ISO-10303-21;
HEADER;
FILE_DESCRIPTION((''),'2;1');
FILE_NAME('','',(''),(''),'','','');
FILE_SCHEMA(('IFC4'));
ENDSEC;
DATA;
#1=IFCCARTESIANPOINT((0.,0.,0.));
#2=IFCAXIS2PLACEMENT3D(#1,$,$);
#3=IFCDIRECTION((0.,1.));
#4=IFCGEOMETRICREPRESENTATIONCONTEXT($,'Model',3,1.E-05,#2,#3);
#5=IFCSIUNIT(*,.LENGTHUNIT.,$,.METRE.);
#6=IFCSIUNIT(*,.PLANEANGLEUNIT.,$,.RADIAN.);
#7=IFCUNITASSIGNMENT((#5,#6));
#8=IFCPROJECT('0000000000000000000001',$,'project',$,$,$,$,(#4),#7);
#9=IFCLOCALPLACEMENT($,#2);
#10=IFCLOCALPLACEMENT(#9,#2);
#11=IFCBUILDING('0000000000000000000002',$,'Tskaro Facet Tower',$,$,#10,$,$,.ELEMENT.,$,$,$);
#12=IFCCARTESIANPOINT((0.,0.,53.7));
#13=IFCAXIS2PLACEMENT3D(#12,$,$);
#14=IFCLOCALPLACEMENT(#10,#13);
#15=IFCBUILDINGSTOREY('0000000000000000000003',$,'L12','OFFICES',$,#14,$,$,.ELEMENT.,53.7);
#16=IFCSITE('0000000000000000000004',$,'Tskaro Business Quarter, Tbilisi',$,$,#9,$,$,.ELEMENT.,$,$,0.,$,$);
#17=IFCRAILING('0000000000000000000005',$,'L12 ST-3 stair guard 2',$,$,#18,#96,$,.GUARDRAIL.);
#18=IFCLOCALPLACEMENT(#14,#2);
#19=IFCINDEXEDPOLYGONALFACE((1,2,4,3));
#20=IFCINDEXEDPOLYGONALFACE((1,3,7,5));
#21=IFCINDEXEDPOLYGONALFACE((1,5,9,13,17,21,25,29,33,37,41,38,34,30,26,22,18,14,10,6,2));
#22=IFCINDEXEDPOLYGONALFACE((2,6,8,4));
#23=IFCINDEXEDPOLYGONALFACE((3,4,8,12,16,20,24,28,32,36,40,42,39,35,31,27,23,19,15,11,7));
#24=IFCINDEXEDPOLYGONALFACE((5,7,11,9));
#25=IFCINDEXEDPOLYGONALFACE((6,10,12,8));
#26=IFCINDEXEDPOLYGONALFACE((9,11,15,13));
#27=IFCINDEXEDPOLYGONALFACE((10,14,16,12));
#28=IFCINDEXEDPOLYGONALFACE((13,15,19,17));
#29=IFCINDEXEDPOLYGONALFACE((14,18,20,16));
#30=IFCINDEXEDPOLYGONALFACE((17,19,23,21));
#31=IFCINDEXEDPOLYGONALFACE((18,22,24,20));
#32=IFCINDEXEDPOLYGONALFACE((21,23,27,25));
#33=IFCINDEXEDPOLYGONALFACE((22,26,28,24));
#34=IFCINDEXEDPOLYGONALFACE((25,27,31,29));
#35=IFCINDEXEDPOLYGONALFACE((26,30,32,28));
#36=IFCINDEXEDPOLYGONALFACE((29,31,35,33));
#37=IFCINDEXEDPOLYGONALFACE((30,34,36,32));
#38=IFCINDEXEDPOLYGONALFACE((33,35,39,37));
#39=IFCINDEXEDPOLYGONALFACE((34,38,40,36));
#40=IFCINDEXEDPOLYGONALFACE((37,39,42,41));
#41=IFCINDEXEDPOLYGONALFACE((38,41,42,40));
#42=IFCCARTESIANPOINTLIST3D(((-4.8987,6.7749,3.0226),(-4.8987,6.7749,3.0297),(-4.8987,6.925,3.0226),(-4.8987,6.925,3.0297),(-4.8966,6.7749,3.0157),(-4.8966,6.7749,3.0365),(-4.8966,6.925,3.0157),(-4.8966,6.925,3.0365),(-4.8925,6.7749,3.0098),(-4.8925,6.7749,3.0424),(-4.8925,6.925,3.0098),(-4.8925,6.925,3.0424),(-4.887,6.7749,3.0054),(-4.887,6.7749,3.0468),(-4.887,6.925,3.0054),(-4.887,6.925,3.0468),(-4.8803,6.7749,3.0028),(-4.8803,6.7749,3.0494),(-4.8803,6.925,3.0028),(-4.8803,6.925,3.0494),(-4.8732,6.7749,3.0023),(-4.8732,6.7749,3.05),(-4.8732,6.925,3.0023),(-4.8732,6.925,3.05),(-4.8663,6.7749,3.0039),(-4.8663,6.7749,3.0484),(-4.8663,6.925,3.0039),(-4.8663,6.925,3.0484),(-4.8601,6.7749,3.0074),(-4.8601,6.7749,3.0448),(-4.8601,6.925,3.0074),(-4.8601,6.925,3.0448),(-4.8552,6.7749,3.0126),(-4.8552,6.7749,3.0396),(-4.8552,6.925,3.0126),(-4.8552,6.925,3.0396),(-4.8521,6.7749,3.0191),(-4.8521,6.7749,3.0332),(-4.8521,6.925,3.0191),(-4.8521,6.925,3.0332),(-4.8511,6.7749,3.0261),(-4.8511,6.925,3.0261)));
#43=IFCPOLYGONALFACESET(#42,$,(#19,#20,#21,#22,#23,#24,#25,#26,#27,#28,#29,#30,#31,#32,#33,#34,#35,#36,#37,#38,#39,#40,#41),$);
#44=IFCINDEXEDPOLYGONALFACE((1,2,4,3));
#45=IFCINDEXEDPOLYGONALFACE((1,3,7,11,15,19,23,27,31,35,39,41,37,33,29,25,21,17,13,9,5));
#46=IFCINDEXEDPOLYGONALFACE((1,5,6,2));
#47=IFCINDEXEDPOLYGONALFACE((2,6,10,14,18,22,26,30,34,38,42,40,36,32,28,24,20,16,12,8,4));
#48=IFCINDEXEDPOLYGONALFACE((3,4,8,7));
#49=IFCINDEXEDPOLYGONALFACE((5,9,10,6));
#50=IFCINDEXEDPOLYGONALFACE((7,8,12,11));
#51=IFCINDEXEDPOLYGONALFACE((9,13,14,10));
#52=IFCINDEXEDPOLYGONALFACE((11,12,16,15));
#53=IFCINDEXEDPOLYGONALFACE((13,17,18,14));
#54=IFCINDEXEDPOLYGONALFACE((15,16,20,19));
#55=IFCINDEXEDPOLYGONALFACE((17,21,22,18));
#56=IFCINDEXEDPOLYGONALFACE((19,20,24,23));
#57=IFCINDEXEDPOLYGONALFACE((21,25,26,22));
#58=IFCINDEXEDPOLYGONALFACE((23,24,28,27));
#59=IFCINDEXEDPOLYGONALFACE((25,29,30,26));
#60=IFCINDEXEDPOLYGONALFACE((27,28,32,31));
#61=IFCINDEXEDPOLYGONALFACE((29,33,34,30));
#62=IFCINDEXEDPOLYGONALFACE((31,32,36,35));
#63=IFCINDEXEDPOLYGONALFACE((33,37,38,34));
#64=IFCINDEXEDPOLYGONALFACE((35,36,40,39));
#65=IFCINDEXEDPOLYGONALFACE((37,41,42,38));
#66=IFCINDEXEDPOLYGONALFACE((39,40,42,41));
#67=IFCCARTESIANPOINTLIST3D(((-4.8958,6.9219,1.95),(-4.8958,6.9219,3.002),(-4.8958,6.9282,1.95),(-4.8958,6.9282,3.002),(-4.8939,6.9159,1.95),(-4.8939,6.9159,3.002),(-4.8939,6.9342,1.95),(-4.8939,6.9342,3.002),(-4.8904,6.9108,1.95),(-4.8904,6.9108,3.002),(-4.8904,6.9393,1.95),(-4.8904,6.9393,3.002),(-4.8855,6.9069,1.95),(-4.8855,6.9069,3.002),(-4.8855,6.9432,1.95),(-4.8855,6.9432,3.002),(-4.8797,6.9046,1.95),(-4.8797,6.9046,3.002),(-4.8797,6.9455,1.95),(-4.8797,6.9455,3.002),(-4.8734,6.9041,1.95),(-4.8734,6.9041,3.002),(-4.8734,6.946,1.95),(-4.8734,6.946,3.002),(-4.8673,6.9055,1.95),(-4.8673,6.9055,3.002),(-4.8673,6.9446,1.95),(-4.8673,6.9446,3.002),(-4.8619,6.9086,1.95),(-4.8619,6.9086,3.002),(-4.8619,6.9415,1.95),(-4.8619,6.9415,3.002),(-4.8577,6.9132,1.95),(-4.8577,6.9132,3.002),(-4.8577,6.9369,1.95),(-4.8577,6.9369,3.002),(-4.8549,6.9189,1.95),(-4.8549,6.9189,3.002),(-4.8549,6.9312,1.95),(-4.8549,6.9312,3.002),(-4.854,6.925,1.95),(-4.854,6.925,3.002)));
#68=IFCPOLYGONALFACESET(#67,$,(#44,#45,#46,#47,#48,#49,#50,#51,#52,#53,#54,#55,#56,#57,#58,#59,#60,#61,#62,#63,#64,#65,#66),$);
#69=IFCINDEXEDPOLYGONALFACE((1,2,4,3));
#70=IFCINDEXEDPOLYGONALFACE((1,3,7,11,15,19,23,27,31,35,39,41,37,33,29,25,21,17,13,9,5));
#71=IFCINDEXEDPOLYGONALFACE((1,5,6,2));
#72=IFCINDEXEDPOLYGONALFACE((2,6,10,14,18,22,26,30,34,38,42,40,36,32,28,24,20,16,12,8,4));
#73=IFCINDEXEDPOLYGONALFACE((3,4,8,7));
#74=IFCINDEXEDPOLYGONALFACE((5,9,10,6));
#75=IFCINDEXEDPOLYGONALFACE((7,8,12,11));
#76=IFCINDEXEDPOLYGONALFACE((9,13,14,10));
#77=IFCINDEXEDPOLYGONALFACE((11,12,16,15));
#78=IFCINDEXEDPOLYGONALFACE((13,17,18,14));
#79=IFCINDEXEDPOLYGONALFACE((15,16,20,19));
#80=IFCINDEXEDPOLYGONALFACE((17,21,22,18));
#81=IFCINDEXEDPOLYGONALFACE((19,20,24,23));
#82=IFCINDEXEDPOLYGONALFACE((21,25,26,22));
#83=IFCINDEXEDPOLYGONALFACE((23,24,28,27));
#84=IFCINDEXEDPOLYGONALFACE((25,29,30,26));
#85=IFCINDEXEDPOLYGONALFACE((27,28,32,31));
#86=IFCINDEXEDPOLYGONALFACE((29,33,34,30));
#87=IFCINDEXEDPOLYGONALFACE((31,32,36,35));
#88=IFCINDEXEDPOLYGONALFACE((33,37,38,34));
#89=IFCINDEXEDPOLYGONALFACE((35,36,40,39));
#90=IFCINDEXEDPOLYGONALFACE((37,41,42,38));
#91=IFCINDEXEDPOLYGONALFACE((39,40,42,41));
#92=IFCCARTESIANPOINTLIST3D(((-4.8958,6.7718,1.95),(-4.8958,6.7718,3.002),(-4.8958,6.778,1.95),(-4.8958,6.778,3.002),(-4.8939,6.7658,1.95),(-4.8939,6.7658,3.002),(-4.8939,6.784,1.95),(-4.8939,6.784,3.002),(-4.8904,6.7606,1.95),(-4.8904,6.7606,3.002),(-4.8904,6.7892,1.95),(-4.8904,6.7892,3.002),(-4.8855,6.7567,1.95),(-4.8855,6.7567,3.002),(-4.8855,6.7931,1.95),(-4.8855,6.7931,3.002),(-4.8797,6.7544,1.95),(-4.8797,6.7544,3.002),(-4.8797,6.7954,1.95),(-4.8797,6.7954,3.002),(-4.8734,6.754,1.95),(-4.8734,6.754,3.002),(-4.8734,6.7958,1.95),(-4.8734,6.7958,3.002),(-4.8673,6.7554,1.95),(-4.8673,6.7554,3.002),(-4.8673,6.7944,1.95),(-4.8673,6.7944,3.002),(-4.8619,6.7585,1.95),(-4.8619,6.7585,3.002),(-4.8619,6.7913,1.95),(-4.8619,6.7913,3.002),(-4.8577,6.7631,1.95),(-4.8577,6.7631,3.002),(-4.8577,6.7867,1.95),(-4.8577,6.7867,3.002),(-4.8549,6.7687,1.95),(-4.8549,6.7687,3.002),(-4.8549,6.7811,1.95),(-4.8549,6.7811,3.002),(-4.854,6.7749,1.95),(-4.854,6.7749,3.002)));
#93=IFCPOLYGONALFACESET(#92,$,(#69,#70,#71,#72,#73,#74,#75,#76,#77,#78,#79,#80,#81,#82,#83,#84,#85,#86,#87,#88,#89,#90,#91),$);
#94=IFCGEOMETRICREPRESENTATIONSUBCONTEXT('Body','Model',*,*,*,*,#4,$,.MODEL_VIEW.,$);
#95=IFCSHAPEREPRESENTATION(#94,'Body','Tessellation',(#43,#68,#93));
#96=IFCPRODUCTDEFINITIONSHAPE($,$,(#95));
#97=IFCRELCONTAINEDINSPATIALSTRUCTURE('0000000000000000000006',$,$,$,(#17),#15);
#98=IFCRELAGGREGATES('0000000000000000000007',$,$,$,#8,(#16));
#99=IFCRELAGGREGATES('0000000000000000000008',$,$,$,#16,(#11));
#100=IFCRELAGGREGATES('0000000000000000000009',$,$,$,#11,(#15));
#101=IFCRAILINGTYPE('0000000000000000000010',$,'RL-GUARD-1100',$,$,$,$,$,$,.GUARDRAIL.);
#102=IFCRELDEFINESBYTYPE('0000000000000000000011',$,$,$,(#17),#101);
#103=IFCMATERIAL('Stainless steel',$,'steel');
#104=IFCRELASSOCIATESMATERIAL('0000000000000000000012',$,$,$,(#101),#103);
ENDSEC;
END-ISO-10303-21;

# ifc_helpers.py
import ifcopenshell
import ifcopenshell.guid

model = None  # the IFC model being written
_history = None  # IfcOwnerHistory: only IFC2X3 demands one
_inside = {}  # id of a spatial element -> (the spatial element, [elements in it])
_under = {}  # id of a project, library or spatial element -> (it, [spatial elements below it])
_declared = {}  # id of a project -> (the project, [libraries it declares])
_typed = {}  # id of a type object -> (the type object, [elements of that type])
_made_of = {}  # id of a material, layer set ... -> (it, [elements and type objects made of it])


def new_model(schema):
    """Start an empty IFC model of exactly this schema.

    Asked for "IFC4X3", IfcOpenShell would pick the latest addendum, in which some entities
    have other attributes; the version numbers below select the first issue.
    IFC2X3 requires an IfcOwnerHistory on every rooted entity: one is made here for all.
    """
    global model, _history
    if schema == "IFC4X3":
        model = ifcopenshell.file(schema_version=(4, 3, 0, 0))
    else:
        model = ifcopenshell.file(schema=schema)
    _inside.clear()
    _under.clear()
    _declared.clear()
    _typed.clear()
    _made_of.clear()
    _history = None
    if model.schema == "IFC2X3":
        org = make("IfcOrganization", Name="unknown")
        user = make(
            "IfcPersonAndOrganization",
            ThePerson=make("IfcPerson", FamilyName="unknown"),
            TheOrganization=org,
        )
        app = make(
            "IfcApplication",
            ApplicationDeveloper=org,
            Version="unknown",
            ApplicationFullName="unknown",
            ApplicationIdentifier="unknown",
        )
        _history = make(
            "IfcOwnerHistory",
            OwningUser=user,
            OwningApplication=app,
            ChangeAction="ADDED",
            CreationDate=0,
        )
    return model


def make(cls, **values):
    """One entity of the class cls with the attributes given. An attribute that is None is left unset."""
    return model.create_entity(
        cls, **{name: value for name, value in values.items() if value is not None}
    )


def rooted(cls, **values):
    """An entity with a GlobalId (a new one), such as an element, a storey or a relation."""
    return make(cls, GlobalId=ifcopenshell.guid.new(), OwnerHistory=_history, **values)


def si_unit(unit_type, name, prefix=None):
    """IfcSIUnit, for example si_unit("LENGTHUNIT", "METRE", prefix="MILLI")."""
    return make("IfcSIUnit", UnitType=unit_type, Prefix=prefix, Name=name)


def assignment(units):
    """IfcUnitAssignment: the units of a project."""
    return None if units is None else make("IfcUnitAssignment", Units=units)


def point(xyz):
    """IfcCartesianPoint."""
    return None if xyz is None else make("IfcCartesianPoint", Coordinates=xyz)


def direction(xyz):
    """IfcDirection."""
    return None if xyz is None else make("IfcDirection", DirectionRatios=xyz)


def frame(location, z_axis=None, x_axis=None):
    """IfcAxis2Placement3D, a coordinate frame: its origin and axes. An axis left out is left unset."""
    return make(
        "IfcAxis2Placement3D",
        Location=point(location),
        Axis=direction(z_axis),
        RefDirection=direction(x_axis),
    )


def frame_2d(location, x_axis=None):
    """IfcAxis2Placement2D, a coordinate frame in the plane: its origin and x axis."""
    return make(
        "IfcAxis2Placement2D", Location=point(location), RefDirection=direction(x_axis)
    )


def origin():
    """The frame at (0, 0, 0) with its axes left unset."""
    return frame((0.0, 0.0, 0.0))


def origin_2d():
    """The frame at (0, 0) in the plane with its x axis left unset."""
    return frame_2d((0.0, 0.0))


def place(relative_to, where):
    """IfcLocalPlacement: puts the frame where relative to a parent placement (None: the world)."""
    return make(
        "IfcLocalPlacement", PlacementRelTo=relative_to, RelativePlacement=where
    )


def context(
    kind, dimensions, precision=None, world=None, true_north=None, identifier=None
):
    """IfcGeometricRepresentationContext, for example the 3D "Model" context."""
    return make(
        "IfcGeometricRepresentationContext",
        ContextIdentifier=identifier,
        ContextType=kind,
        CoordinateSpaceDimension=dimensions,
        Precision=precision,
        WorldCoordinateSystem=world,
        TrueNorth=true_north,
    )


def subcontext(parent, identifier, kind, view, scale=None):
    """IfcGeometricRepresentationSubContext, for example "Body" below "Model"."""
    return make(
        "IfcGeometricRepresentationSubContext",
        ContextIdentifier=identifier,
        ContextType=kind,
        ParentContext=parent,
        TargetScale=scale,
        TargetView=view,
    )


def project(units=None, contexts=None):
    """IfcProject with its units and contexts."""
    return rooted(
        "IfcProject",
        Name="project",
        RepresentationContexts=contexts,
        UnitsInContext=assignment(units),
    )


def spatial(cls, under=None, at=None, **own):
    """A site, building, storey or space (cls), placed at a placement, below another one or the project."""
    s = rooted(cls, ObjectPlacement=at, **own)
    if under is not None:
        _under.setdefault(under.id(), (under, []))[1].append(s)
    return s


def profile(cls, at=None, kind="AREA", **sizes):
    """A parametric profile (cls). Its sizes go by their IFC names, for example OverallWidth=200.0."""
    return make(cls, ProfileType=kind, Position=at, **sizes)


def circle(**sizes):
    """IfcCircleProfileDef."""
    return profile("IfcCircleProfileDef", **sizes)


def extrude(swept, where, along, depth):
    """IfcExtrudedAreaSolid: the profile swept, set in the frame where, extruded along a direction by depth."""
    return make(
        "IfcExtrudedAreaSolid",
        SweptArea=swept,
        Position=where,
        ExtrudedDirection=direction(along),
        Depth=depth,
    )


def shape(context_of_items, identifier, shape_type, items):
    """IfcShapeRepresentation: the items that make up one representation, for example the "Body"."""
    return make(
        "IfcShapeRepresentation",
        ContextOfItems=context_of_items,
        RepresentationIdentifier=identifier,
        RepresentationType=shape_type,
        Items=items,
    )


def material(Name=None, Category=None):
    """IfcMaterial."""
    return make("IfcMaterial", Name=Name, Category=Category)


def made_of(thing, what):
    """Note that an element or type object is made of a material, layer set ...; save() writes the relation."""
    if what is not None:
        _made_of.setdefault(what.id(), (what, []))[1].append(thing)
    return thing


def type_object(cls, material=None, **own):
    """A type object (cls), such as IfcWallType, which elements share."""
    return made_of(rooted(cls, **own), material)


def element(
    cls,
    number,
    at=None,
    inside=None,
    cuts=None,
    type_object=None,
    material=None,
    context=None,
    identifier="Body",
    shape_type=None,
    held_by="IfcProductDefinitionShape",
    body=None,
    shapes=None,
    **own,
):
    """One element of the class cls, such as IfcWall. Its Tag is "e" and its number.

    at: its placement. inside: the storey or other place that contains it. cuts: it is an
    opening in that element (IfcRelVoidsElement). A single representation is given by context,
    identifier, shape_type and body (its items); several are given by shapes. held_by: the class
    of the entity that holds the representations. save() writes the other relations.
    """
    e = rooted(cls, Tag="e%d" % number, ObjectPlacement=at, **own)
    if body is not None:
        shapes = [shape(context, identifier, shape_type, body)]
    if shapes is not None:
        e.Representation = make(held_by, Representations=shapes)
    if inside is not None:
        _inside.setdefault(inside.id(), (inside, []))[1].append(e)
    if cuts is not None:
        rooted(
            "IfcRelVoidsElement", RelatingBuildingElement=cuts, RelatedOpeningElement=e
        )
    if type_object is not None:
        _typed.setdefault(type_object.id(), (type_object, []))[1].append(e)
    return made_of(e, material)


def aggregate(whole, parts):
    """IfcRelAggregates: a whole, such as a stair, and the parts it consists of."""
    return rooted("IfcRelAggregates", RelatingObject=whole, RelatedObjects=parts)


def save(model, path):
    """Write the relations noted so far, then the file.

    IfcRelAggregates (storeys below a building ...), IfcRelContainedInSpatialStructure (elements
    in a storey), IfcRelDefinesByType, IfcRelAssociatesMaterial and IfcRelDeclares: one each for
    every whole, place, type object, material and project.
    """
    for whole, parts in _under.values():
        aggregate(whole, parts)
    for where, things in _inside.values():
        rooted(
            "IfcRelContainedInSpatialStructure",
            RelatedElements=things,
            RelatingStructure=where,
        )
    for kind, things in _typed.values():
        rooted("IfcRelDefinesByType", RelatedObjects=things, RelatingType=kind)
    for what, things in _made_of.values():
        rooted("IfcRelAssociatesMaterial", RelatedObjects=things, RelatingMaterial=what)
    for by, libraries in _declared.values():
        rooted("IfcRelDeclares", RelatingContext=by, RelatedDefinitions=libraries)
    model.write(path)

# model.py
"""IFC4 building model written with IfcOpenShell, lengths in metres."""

from ifc_helpers import new_model, si_unit, direction, frame, origin, origin_2d, place, context, subcontext, project, spatial, circle, extrude, material, type_object, element, save


model = new_model("IFC4")

# Units and contexts
model_context = context("Model", 3, precision=1e-05, world=origin(), true_north=direction((0.0, 1.0)))
body_context = subcontext(model_context, "Body", "Model", "MODEL_VIEW")
ifc_project = project(units=[si_unit("LENGTHUNIT", "METRE"), si_unit("PLANEANGLEUNIT", "RADIAN")], contexts=[model_context])

# Site, building, storey
site_placement = place(None, origin())
site = spatial("IfcSite", under=ifc_project, at=site_placement, Name="Tskaro Business Quarter, Tbilisi", CompositionType="ELEMENT", RefElevation=0.0)
building_placement = place(site_placement, origin())
building = spatial("IfcBuilding", under=site, at=building_placement, Name="Tskaro Facet Tower", CompositionType="ELEMENT")
storey_placement = place(building_placement, frame((0.0, 0.0, 53.7)))
storey = spatial("IfcBuildingStorey", under=building, at=storey_placement, Name="L12", Description="OFFICES", CompositionType="ELEMENT", Elevation=53.7)

# Railing
ifc_material_1 = material(Name="Stainless steel", Category="steel")
railing_type_1 = type_object("IfcRailingType", Name="RL-GUARD-1100", PredefinedType="GUARDRAIL", material=ifc_material_1)
railing_1_placement = place(storey_placement, frame((-4.875, 6.925, 1.95)))
element("IfcRailing", 1, at=railing_1_placement, inside=storey, type_object=railing_type_1, Name="L12 ST-3 stair guard 2", PredefinedType="GUARDRAIL", context=body_context, shape_type="SweptSolid", body=[
    extrude(circle(Radius=0.0239, at=origin_2d()), frame((0.0, 0.0, 1.0762), z_axis=(0.0, -1.0, 0.0), x_axis=(1.0, 0.0, 0.0)), (0.0, 0.0, 1.0), 0.1501),
    extrude(circle(Radius=0.021, at=origin_2d()), origin(), (0.0, 0.0, 1.0), 1.052),
    extrude(circle(Radius=0.021, at=origin_2d()), frame((0.0, -0.1501, 0.0)), (0.0, 0.0, 1.0), 1.052),
])

save(model, "model.ifc")
